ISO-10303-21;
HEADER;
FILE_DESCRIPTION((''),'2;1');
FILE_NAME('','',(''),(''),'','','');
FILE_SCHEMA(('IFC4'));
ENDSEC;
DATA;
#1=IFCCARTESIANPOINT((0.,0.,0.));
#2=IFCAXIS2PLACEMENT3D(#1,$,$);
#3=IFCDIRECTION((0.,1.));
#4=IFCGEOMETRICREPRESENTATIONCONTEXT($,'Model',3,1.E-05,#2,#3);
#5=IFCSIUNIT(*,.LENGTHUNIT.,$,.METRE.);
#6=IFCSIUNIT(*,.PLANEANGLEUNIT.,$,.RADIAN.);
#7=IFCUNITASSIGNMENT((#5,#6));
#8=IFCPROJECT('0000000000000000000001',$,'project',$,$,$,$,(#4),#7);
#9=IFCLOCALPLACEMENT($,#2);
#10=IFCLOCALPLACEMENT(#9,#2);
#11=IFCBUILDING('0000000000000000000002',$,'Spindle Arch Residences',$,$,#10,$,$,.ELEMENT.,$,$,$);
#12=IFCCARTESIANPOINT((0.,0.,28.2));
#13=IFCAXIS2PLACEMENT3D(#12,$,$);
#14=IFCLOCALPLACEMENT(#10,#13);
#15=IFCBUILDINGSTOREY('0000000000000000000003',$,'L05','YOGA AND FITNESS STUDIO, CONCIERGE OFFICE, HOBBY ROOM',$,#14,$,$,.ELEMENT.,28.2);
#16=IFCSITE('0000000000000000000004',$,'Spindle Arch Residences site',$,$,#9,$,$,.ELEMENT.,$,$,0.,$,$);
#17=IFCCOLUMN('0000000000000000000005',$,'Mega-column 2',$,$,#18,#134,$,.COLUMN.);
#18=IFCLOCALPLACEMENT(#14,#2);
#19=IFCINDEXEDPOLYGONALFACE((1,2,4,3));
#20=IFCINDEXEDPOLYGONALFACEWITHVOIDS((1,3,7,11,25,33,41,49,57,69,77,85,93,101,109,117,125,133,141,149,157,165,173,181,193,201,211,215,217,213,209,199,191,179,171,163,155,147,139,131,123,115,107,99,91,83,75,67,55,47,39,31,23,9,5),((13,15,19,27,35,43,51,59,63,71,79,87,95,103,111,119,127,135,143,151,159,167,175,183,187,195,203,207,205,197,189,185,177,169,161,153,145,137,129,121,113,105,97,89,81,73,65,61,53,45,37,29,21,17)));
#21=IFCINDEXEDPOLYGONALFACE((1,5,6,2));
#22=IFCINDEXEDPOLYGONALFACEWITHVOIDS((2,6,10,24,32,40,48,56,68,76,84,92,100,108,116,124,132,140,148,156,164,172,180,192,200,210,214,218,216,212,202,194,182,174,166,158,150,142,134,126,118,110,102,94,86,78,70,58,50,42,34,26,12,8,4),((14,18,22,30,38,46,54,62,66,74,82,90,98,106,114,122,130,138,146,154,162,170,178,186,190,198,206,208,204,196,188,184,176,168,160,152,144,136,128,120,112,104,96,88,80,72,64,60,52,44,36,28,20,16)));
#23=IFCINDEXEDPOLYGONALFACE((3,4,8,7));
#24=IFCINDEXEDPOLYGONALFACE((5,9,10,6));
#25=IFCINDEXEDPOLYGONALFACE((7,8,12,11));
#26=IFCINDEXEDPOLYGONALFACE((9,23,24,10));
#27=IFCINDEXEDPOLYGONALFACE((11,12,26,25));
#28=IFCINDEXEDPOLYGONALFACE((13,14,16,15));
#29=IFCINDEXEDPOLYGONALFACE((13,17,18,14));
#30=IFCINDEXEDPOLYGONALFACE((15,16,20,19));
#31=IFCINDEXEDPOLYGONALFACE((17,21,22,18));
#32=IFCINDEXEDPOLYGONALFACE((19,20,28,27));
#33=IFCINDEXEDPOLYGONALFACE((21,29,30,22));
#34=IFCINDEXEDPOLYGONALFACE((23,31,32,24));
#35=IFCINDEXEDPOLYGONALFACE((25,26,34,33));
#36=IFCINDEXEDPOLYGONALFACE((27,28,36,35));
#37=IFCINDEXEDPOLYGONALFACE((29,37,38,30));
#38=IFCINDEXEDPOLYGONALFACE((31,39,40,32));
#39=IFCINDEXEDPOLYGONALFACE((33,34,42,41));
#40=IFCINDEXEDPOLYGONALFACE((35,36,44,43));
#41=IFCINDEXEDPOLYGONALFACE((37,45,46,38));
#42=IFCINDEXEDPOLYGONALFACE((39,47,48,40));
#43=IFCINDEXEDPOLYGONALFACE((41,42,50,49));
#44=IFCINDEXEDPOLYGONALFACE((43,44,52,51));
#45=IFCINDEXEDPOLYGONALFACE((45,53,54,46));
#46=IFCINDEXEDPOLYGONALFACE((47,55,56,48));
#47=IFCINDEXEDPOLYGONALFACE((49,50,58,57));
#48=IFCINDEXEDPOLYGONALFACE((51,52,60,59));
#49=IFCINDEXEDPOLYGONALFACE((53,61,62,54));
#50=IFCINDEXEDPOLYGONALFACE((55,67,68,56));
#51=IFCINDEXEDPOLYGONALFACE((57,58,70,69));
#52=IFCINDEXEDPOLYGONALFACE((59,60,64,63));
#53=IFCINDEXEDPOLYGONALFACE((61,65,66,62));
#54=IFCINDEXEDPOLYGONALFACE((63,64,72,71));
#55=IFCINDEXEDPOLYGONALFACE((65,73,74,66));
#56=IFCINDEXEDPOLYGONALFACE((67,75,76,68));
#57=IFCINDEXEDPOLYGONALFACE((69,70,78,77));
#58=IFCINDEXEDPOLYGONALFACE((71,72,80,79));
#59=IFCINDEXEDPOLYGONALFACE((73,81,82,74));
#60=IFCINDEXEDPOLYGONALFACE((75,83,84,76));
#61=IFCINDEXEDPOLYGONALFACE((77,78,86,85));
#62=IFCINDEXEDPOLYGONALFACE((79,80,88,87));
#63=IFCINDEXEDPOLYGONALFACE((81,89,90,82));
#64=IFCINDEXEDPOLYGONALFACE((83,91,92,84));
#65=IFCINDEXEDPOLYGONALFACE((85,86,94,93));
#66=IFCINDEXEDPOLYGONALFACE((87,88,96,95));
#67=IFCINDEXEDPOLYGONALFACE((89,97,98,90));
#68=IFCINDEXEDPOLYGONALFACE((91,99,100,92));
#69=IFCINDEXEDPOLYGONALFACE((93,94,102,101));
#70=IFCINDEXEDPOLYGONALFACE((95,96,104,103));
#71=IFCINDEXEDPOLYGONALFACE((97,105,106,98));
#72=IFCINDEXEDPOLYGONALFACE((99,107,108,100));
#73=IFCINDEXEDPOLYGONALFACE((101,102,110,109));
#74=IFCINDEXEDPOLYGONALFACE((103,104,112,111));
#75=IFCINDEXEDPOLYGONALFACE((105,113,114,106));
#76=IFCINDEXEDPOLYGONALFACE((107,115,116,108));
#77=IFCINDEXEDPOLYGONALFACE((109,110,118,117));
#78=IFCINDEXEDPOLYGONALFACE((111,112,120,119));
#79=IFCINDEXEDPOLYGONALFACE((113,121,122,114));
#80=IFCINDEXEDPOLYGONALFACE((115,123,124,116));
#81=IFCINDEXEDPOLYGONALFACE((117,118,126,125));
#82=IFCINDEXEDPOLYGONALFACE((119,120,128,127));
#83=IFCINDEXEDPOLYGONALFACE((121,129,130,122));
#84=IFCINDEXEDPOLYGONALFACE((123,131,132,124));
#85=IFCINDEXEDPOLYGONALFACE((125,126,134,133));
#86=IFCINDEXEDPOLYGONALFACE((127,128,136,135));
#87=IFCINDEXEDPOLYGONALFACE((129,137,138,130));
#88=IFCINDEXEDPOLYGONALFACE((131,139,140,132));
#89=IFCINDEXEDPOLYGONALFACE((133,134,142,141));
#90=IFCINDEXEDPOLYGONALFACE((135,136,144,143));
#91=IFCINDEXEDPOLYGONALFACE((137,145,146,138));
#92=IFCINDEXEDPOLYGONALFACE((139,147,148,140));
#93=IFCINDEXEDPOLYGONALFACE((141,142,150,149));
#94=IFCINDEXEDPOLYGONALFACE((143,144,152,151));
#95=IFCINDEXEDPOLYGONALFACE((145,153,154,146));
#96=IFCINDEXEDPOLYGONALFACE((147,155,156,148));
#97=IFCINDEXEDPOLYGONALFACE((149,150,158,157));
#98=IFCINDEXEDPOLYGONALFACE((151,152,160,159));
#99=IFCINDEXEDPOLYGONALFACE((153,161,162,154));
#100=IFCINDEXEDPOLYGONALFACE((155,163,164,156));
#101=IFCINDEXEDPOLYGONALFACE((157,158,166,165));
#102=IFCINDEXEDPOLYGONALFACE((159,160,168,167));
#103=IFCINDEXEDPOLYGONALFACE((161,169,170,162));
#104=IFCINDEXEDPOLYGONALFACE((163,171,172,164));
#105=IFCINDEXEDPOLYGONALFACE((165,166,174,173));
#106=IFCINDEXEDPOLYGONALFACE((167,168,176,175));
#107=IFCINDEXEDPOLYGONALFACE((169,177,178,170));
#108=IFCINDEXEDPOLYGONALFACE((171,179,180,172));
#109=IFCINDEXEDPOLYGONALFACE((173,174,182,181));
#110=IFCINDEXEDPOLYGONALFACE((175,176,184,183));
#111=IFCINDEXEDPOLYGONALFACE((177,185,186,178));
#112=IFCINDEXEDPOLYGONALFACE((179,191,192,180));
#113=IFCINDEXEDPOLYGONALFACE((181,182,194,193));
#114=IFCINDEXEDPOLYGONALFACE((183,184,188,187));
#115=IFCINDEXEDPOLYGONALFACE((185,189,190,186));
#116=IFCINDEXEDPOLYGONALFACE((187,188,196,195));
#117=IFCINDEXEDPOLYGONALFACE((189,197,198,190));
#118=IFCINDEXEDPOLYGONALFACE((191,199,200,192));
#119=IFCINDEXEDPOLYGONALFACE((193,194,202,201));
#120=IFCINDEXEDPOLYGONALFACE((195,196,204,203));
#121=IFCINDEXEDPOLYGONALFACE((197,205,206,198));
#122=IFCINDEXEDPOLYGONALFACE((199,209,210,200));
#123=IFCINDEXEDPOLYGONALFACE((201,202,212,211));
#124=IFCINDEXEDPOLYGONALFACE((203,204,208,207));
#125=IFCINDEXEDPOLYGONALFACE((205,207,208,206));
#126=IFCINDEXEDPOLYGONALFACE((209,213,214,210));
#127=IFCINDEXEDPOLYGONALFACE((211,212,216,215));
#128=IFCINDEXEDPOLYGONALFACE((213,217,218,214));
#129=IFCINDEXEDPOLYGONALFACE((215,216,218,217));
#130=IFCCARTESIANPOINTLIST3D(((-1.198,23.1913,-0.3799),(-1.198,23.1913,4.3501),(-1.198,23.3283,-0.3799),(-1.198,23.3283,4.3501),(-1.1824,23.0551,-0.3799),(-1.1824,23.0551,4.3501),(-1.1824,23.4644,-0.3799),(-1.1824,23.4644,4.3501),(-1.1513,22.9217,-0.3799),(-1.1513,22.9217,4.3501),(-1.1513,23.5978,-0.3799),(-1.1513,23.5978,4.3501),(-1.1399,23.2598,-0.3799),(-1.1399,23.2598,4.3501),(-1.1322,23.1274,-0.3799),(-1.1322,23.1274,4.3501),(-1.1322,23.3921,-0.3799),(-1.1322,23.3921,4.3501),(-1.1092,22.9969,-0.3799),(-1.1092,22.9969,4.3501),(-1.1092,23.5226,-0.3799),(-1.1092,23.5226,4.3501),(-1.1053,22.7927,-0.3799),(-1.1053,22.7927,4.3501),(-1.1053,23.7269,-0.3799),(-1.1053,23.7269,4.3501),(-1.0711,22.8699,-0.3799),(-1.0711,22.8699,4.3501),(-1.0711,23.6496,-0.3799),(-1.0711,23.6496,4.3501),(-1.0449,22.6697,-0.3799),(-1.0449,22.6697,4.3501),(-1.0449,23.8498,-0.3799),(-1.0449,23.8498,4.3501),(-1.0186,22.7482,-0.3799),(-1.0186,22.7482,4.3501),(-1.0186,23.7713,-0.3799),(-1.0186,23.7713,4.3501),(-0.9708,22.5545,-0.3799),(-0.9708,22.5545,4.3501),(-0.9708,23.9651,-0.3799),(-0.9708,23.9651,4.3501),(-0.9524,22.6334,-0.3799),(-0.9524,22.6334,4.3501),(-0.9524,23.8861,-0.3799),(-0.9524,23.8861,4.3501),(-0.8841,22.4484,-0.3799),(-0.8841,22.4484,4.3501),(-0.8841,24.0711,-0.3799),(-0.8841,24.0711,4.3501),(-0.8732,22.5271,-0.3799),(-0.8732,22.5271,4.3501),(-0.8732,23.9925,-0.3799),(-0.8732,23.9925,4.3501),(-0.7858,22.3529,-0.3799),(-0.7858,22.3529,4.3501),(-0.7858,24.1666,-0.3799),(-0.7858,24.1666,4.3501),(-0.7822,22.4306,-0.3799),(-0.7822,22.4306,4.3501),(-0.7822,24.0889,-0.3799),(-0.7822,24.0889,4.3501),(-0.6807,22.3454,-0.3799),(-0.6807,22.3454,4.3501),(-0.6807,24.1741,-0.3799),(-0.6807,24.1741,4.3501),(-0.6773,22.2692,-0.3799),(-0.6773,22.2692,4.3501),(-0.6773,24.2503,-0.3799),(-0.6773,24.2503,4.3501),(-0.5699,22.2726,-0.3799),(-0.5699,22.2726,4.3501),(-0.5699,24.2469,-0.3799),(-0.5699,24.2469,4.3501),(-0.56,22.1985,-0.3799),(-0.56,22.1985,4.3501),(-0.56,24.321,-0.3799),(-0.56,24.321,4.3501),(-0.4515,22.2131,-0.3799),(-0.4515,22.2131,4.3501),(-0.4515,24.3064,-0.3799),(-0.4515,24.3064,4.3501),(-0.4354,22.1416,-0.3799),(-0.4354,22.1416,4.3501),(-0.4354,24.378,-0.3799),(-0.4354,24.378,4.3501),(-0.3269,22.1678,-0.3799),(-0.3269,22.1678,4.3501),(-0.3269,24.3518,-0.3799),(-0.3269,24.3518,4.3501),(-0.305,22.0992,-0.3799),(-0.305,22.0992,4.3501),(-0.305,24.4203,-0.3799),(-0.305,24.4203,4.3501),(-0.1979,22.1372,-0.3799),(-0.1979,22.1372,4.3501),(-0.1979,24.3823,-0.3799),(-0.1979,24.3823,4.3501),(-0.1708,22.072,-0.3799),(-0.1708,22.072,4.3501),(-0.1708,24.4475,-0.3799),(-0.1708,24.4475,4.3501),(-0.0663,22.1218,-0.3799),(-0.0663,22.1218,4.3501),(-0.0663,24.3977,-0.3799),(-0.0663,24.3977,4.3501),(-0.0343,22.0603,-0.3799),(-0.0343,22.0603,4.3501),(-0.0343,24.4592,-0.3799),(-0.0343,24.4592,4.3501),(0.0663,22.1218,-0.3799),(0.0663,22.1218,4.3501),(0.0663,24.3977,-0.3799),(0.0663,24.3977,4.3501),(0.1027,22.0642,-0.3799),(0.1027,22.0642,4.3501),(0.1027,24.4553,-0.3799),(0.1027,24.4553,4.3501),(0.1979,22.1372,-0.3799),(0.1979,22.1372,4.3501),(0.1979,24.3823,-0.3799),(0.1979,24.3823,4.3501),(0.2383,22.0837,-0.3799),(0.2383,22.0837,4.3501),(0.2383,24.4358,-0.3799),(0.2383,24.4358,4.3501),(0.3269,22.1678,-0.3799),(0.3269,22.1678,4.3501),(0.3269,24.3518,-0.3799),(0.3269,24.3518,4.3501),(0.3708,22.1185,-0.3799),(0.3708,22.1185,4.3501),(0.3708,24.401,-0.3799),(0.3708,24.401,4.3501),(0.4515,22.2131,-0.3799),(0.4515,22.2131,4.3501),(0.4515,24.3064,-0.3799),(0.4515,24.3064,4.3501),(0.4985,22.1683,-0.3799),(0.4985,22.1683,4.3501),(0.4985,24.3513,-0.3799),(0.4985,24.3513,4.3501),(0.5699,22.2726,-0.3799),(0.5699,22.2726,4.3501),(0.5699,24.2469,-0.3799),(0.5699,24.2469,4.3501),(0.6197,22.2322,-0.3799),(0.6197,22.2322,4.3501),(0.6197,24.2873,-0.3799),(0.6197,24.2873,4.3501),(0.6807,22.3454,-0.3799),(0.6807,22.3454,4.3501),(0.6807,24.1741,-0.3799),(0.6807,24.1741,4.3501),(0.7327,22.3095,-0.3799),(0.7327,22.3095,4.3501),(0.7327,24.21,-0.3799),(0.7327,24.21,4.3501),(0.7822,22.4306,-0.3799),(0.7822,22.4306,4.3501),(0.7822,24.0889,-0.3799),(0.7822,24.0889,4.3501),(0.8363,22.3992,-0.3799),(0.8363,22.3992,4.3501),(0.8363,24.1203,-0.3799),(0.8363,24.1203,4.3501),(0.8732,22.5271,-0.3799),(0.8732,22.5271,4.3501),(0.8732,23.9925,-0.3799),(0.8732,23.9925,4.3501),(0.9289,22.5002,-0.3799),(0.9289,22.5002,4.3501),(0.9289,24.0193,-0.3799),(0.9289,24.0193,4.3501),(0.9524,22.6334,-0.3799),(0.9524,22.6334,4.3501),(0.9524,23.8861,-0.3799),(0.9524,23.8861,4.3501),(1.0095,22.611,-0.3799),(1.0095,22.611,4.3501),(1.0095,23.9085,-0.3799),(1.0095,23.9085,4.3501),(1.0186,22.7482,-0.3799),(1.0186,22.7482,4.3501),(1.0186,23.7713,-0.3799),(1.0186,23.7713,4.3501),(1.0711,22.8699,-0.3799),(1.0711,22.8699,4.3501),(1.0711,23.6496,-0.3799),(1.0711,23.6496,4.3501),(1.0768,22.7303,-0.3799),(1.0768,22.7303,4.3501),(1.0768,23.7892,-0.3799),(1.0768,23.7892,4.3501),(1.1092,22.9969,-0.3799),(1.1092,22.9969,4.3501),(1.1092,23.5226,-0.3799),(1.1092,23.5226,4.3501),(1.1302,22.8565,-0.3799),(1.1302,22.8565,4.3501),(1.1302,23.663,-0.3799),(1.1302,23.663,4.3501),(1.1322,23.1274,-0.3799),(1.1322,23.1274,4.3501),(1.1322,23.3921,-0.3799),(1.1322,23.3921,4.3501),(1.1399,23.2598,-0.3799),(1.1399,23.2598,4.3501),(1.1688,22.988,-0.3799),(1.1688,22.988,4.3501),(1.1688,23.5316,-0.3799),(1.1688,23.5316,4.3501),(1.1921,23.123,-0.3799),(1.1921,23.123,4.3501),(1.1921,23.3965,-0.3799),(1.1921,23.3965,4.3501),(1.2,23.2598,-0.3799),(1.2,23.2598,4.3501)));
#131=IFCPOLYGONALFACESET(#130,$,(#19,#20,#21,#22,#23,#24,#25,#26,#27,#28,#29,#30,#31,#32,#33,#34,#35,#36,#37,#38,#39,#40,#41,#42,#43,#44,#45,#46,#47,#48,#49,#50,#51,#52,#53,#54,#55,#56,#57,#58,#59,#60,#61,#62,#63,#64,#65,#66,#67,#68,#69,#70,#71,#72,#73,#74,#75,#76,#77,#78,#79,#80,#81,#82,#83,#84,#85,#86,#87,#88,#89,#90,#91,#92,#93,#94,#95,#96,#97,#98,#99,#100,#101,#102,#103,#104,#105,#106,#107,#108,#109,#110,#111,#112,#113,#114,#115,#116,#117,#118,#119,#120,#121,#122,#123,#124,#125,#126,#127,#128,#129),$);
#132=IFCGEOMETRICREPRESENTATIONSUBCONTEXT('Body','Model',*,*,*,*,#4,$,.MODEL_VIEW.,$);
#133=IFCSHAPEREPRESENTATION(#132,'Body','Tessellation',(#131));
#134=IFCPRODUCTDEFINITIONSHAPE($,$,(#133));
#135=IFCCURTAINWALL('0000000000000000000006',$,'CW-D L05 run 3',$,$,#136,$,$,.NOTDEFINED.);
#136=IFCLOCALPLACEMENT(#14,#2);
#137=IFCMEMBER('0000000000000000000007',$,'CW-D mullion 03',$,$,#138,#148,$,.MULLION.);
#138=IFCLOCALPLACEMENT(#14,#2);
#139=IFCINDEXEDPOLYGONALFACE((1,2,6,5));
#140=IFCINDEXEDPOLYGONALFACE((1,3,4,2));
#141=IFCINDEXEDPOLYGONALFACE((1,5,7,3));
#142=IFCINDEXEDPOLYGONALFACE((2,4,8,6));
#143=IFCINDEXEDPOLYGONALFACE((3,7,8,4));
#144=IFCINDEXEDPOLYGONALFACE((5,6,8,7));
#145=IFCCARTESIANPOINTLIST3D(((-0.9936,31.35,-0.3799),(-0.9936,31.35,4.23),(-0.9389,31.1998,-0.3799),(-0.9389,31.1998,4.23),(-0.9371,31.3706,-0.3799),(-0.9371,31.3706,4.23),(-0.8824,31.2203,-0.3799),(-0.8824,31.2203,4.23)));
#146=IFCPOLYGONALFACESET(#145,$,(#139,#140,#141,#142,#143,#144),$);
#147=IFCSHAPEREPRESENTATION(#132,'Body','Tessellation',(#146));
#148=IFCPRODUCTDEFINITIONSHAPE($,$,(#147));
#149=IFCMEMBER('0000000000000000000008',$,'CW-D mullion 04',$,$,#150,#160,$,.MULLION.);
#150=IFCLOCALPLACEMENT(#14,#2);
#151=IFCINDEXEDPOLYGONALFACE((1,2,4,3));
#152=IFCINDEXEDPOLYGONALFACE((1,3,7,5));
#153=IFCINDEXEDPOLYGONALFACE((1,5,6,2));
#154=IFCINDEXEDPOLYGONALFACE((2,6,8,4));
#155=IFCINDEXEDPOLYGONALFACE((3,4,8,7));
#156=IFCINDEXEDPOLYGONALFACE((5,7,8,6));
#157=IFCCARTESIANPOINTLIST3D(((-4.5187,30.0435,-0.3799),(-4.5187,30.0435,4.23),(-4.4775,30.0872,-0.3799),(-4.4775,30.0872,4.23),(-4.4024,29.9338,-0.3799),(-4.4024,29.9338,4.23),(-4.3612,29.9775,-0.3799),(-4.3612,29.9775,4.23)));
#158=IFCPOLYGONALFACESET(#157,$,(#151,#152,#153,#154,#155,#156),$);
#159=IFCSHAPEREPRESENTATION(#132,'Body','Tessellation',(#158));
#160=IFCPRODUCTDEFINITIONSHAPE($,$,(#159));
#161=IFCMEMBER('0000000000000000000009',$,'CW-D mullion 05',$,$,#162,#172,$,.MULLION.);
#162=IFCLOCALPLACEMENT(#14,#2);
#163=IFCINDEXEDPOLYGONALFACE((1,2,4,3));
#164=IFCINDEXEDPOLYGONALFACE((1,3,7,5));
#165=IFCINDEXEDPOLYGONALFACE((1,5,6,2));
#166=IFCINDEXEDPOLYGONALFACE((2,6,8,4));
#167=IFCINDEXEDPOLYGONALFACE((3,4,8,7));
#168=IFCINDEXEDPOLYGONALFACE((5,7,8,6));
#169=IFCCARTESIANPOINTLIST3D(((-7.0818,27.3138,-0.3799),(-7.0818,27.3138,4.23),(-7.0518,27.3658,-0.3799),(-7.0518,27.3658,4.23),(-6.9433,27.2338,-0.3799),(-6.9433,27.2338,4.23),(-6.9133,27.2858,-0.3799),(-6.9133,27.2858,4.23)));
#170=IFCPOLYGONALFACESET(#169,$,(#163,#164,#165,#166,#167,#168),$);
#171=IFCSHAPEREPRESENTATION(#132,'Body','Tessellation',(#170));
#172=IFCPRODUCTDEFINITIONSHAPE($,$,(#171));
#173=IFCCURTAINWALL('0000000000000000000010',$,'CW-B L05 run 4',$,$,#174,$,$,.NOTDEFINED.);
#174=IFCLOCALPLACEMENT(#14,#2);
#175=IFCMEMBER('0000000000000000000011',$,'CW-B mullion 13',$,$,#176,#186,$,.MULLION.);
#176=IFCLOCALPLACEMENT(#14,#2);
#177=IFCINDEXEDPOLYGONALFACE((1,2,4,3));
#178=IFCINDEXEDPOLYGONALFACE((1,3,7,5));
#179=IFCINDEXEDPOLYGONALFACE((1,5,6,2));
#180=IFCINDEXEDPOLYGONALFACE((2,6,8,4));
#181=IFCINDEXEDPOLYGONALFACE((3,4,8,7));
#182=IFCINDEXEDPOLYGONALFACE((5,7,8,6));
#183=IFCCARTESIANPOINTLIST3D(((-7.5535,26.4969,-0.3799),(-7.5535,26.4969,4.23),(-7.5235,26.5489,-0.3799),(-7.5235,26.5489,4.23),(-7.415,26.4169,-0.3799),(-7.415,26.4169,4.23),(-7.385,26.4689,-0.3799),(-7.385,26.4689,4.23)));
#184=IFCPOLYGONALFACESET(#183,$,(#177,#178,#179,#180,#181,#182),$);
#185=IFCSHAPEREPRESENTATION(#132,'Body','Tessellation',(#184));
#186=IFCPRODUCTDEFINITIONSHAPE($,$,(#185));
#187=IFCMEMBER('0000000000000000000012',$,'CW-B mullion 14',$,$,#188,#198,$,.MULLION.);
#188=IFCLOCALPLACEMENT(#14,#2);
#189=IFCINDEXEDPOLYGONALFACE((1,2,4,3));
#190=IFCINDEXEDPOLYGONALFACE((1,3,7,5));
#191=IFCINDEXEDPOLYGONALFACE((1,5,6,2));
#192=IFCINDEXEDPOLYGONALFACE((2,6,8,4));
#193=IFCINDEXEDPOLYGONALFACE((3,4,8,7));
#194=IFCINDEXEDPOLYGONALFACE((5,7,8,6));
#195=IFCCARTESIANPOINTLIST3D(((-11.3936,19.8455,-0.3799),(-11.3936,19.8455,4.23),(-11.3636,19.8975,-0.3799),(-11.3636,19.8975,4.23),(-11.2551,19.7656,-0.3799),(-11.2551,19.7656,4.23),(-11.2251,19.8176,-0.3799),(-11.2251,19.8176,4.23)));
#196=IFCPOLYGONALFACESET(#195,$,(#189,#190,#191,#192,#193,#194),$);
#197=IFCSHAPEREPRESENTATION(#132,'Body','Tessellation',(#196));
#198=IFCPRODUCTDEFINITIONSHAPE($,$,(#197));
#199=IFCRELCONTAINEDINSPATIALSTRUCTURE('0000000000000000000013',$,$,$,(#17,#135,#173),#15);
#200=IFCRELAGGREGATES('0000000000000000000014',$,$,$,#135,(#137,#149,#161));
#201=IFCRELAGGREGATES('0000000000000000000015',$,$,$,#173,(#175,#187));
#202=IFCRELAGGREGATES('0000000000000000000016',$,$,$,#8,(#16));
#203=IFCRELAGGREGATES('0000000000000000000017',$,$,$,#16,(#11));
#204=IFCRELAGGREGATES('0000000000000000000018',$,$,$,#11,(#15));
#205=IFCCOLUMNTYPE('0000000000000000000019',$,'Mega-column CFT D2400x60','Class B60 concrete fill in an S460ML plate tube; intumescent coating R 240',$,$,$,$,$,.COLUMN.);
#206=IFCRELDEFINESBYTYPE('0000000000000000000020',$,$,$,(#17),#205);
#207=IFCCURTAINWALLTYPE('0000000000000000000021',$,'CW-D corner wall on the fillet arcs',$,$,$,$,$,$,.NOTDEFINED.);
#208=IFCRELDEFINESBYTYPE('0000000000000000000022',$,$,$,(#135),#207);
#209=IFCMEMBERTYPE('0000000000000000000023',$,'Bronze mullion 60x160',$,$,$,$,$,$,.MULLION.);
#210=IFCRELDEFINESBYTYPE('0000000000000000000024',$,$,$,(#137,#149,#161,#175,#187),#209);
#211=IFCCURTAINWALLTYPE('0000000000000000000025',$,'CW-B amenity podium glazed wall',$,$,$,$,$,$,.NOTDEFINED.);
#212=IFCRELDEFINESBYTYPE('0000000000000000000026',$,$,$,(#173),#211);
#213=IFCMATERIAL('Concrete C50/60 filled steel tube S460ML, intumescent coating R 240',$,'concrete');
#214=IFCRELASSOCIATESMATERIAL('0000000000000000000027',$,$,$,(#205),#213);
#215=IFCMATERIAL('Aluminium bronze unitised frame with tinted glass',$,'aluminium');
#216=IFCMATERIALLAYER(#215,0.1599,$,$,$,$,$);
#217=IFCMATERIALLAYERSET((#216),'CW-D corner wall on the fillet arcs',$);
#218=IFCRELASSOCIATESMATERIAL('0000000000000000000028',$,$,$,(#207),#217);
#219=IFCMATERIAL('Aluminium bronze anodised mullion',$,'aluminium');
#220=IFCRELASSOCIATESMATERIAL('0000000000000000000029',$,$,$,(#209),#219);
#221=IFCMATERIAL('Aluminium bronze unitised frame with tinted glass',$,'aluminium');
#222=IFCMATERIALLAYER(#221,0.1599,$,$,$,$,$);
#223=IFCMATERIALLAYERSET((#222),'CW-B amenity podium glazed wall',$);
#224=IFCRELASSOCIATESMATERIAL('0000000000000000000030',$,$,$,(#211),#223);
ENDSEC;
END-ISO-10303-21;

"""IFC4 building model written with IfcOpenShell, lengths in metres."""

from ifc_helpers import new_model, si_unit, direction, frame, origin, origin_2d, place, context, subcontext, project, spatial, rectangle, hollow_circle, extrude, material, layer, layer_set, material_profile, profile_set, type_object, element, aggregate, save


model = new_model("IFC4")

# Units and contexts
model_context = context("Model", 3, precision=1e-05, world=origin(), true_north=direction((0.0, 1.0)))
body_context = subcontext(model_context, "Body", "Model", "MODEL_VIEW")
ifc_project = project(units=[si_unit("LENGTHUNIT", "METRE"), si_unit("PLANEANGLEUNIT", "RADIAN")], contexts=[model_context])

# Site, building, storey
site_placement = place(None, origin())
site = spatial("IfcSite", under=ifc_project, at=site_placement, Name="Spindle Arch Residences site", CompositionType="ELEMENT", RefElevation=0.0)
building_placement = place(site_placement, origin())
building = spatial("IfcBuilding", under=site, at=building_placement, Name="Spindle Arch Residences", CompositionType="ELEMENT")
storey_placement = place(building_placement, frame((0.0, 0.0, 28.2)))
storey = spatial("IfcBuildingStorey", under=building, at=storey_placement, Name="L05", Description="YOGA AND FITNESS STUDIO, CONCIERGE OFFICE, HOBBY ROOM", CompositionType="ELEMENT", Elevation=28.2)

# Column
ifc_material_1 = material(Name="Concrete C50/60 filled steel tube S460ML, intumescent coating R 240", Category="concrete")
ifc_material_profile_1 = material_profile(ifc_material_1, hollow_circle(Radius=1.2, WallThickness=0.0601, at=origin_2d()), Name="CFT D2400x60")
ifc_profile_set_1 = profile_set([ifc_material_profile_1], Name="Concrete C50/60 filled steel tube S460ML, intumescent coating R 240")
column_type_1 = type_object("IfcColumnType", Name="Mega-column CFT D2400x60", Description="Class B60 concrete fill in an S460ML plate tube; intumescent coating R 240", PredefinedType="COLUMN", material=ifc_profile_set_1)
column_placement = place(storey_placement, frame((0.0, 23.2598, -0.3799), z_axis=(0.0, 0.0, 1.0), x_axis=(1.0, 0.0, 0.0)))
element("IfcColumn", 1, at=column_placement, inside=storey, type_object=column_type_1, Name="Mega-column 2", PredefinedType="COLUMN", context=body_context, shape_type="SweptSolid", body=[
    extrude(hollow_circle(Radius=1.2, WallThickness=0.0601, at=origin_2d()), origin(), (0.0, 0.0, 1.0), 4.73),
])

# Curtain walls, members
ifc_material_2 = material(Name="Aluminium bronze unitised frame with tinted glass", Category="aluminium")
ifc_layer_1 = layer(ifc_material_2, 0.1599)
ifc_layer_set_1 = layer_set([ifc_layer_1], Name="CW-D corner wall on the fillet arcs")
curtain_wall_type_1 = type_object("IfcCurtainWallType", Name="CW-D corner wall on the fillet arcs", PredefinedType="NOTDEFINED", material=ifc_layer_set_1)
curtain_wall_1_placement = place(storey_placement, origin())
curtain_wall_1 = element("IfcCurtainWall", 2, at=curtain_wall_1_placement, inside=storey, type_object=curtain_wall_type_1, Name="CW-D L05 run 3", PredefinedType="NOTDEFINED")
ifc_material_3 = material(Name="Aluminium bronze anodised mullion", Category="aluminium")
ifc_material_profile_2 = material_profile(ifc_material_3, rectangle(XDim=0.1599, YDim=0.0601, at=origin_2d()), Name="MU 60x160")
ifc_profile_set_2 = profile_set([ifc_material_profile_2], Name="Aluminium bronze anodised mullion")
member_type_1 = type_object("IfcMemberType", Name="Bronze mullion 60x160", PredefinedType="MULLION", material=ifc_profile_set_2)
member_1_placement = place(storey_placement, frame((-0.938, 31.2852, -0.3799), z_axis=(0.0, 0.0, 1.0), x_axis=(0.34202, -0.939693, 0.0)))
member_1 = element("IfcMember", 3, at=member_1_placement, type_object=member_type_1, Name="CW-D mullion 03", PredefinedType="MULLION", context=body_context, shape_type="SweptSolid", body=[
    extrude(rectangle(XDim=0.1599, YDim=0.0601, at=origin_2d()), origin(), (0.0, 0.0, 1.0), 4.6099),
])
member_2_placement = place(storey_placement, frame((-4.4399, 30.0105, -0.3799), z_axis=(0.0, 0.0, 1.0), x_axis=(0.727374, -0.686242, 0.0)))
member_2 = element("IfcMember", 4, at=member_2_placement, type_object=member_type_1, Name="CW-D mullion 04", PredefinedType="MULLION", context=body_context, shape_type="SweptSolid", body=[
    extrude(rectangle(XDim=0.1599, YDim=0.0601, at=origin_2d()), origin(), (0.0, 0.0, 1.0), 4.6099),
])
member_3_placement = place(storey_placement, frame((-6.9976, 27.2998, -0.3799), z_axis=(0.0, 0.0, 1.0), x_axis=(0.866025, -0.5, 0.0)))
member_3 = element("IfcMember", 5, at=member_3_placement, type_object=member_type_1, Name="CW-D mullion 05", PredefinedType="MULLION", context=body_context, shape_type="SweptSolid", body=[
    extrude(rectangle(XDim=0.1599, YDim=0.0601, at=origin_2d()), origin(), (0.0, 0.0, 1.0), 4.6099),
])
ifc_material_4 = material(Name="Aluminium bronze unitised frame with tinted glass", Category="aluminium")
ifc_layer_2 = layer(ifc_material_4, 0.1599)
ifc_layer_set_2 = layer_set([ifc_layer_2], Name="CW-B amenity podium glazed wall")
curtain_wall_type_2 = type_object("IfcCurtainWallType", Name="CW-B amenity podium glazed wall", PredefinedType="NOTDEFINED", material=ifc_layer_set_2)
curtain_wall_2_placement = place(storey_placement, origin())
curtain_wall_2 = element("IfcCurtainWall", 6, at=curtain_wall_2_placement, inside=storey, type_object=curtain_wall_type_2, Name="CW-B L05 run 4", PredefinedType="NOTDEFINED")
member_4_placement = place(storey_placement, frame((-7.4692, 26.4829, -0.3799), z_axis=(0.0, 0.0, 1.0), x_axis=(0.866025, -0.5, 0.0)))
member_4 = element("IfcMember", 7, at=member_4_placement, type_object=member_type_1, Name="CW-B mullion 13", PredefinedType="MULLION", context=body_context, shape_type="SweptSolid", body=[
    extrude(rectangle(XDim=0.1599, YDim=0.0601, at=origin_2d()), origin(), (0.0, 0.0, 1.0), 4.6099),
])
member_5_placement = place(storey_placement, frame((-11.3093, 19.8315, -0.3799), z_axis=(0.0, 0.0, 1.0), x_axis=(0.866025, -0.5, 0.0)))
member_5 = element("IfcMember", 8, at=member_5_placement, type_object=member_type_1, Name="CW-B mullion 14", PredefinedType="MULLION", context=body_context, shape_type="SweptSolid", body=[
    extrude(rectangle(XDim=0.1599, YDim=0.0601, at=origin_2d()), origin(), (0.0, 0.0, 1.0), 4.6099),
])

aggregate(curtain_wall_1, [member_1, member_2, member_3])
aggregate(curtain_wall_2, [member_4, member_5])

save(model, "model.ifc")
